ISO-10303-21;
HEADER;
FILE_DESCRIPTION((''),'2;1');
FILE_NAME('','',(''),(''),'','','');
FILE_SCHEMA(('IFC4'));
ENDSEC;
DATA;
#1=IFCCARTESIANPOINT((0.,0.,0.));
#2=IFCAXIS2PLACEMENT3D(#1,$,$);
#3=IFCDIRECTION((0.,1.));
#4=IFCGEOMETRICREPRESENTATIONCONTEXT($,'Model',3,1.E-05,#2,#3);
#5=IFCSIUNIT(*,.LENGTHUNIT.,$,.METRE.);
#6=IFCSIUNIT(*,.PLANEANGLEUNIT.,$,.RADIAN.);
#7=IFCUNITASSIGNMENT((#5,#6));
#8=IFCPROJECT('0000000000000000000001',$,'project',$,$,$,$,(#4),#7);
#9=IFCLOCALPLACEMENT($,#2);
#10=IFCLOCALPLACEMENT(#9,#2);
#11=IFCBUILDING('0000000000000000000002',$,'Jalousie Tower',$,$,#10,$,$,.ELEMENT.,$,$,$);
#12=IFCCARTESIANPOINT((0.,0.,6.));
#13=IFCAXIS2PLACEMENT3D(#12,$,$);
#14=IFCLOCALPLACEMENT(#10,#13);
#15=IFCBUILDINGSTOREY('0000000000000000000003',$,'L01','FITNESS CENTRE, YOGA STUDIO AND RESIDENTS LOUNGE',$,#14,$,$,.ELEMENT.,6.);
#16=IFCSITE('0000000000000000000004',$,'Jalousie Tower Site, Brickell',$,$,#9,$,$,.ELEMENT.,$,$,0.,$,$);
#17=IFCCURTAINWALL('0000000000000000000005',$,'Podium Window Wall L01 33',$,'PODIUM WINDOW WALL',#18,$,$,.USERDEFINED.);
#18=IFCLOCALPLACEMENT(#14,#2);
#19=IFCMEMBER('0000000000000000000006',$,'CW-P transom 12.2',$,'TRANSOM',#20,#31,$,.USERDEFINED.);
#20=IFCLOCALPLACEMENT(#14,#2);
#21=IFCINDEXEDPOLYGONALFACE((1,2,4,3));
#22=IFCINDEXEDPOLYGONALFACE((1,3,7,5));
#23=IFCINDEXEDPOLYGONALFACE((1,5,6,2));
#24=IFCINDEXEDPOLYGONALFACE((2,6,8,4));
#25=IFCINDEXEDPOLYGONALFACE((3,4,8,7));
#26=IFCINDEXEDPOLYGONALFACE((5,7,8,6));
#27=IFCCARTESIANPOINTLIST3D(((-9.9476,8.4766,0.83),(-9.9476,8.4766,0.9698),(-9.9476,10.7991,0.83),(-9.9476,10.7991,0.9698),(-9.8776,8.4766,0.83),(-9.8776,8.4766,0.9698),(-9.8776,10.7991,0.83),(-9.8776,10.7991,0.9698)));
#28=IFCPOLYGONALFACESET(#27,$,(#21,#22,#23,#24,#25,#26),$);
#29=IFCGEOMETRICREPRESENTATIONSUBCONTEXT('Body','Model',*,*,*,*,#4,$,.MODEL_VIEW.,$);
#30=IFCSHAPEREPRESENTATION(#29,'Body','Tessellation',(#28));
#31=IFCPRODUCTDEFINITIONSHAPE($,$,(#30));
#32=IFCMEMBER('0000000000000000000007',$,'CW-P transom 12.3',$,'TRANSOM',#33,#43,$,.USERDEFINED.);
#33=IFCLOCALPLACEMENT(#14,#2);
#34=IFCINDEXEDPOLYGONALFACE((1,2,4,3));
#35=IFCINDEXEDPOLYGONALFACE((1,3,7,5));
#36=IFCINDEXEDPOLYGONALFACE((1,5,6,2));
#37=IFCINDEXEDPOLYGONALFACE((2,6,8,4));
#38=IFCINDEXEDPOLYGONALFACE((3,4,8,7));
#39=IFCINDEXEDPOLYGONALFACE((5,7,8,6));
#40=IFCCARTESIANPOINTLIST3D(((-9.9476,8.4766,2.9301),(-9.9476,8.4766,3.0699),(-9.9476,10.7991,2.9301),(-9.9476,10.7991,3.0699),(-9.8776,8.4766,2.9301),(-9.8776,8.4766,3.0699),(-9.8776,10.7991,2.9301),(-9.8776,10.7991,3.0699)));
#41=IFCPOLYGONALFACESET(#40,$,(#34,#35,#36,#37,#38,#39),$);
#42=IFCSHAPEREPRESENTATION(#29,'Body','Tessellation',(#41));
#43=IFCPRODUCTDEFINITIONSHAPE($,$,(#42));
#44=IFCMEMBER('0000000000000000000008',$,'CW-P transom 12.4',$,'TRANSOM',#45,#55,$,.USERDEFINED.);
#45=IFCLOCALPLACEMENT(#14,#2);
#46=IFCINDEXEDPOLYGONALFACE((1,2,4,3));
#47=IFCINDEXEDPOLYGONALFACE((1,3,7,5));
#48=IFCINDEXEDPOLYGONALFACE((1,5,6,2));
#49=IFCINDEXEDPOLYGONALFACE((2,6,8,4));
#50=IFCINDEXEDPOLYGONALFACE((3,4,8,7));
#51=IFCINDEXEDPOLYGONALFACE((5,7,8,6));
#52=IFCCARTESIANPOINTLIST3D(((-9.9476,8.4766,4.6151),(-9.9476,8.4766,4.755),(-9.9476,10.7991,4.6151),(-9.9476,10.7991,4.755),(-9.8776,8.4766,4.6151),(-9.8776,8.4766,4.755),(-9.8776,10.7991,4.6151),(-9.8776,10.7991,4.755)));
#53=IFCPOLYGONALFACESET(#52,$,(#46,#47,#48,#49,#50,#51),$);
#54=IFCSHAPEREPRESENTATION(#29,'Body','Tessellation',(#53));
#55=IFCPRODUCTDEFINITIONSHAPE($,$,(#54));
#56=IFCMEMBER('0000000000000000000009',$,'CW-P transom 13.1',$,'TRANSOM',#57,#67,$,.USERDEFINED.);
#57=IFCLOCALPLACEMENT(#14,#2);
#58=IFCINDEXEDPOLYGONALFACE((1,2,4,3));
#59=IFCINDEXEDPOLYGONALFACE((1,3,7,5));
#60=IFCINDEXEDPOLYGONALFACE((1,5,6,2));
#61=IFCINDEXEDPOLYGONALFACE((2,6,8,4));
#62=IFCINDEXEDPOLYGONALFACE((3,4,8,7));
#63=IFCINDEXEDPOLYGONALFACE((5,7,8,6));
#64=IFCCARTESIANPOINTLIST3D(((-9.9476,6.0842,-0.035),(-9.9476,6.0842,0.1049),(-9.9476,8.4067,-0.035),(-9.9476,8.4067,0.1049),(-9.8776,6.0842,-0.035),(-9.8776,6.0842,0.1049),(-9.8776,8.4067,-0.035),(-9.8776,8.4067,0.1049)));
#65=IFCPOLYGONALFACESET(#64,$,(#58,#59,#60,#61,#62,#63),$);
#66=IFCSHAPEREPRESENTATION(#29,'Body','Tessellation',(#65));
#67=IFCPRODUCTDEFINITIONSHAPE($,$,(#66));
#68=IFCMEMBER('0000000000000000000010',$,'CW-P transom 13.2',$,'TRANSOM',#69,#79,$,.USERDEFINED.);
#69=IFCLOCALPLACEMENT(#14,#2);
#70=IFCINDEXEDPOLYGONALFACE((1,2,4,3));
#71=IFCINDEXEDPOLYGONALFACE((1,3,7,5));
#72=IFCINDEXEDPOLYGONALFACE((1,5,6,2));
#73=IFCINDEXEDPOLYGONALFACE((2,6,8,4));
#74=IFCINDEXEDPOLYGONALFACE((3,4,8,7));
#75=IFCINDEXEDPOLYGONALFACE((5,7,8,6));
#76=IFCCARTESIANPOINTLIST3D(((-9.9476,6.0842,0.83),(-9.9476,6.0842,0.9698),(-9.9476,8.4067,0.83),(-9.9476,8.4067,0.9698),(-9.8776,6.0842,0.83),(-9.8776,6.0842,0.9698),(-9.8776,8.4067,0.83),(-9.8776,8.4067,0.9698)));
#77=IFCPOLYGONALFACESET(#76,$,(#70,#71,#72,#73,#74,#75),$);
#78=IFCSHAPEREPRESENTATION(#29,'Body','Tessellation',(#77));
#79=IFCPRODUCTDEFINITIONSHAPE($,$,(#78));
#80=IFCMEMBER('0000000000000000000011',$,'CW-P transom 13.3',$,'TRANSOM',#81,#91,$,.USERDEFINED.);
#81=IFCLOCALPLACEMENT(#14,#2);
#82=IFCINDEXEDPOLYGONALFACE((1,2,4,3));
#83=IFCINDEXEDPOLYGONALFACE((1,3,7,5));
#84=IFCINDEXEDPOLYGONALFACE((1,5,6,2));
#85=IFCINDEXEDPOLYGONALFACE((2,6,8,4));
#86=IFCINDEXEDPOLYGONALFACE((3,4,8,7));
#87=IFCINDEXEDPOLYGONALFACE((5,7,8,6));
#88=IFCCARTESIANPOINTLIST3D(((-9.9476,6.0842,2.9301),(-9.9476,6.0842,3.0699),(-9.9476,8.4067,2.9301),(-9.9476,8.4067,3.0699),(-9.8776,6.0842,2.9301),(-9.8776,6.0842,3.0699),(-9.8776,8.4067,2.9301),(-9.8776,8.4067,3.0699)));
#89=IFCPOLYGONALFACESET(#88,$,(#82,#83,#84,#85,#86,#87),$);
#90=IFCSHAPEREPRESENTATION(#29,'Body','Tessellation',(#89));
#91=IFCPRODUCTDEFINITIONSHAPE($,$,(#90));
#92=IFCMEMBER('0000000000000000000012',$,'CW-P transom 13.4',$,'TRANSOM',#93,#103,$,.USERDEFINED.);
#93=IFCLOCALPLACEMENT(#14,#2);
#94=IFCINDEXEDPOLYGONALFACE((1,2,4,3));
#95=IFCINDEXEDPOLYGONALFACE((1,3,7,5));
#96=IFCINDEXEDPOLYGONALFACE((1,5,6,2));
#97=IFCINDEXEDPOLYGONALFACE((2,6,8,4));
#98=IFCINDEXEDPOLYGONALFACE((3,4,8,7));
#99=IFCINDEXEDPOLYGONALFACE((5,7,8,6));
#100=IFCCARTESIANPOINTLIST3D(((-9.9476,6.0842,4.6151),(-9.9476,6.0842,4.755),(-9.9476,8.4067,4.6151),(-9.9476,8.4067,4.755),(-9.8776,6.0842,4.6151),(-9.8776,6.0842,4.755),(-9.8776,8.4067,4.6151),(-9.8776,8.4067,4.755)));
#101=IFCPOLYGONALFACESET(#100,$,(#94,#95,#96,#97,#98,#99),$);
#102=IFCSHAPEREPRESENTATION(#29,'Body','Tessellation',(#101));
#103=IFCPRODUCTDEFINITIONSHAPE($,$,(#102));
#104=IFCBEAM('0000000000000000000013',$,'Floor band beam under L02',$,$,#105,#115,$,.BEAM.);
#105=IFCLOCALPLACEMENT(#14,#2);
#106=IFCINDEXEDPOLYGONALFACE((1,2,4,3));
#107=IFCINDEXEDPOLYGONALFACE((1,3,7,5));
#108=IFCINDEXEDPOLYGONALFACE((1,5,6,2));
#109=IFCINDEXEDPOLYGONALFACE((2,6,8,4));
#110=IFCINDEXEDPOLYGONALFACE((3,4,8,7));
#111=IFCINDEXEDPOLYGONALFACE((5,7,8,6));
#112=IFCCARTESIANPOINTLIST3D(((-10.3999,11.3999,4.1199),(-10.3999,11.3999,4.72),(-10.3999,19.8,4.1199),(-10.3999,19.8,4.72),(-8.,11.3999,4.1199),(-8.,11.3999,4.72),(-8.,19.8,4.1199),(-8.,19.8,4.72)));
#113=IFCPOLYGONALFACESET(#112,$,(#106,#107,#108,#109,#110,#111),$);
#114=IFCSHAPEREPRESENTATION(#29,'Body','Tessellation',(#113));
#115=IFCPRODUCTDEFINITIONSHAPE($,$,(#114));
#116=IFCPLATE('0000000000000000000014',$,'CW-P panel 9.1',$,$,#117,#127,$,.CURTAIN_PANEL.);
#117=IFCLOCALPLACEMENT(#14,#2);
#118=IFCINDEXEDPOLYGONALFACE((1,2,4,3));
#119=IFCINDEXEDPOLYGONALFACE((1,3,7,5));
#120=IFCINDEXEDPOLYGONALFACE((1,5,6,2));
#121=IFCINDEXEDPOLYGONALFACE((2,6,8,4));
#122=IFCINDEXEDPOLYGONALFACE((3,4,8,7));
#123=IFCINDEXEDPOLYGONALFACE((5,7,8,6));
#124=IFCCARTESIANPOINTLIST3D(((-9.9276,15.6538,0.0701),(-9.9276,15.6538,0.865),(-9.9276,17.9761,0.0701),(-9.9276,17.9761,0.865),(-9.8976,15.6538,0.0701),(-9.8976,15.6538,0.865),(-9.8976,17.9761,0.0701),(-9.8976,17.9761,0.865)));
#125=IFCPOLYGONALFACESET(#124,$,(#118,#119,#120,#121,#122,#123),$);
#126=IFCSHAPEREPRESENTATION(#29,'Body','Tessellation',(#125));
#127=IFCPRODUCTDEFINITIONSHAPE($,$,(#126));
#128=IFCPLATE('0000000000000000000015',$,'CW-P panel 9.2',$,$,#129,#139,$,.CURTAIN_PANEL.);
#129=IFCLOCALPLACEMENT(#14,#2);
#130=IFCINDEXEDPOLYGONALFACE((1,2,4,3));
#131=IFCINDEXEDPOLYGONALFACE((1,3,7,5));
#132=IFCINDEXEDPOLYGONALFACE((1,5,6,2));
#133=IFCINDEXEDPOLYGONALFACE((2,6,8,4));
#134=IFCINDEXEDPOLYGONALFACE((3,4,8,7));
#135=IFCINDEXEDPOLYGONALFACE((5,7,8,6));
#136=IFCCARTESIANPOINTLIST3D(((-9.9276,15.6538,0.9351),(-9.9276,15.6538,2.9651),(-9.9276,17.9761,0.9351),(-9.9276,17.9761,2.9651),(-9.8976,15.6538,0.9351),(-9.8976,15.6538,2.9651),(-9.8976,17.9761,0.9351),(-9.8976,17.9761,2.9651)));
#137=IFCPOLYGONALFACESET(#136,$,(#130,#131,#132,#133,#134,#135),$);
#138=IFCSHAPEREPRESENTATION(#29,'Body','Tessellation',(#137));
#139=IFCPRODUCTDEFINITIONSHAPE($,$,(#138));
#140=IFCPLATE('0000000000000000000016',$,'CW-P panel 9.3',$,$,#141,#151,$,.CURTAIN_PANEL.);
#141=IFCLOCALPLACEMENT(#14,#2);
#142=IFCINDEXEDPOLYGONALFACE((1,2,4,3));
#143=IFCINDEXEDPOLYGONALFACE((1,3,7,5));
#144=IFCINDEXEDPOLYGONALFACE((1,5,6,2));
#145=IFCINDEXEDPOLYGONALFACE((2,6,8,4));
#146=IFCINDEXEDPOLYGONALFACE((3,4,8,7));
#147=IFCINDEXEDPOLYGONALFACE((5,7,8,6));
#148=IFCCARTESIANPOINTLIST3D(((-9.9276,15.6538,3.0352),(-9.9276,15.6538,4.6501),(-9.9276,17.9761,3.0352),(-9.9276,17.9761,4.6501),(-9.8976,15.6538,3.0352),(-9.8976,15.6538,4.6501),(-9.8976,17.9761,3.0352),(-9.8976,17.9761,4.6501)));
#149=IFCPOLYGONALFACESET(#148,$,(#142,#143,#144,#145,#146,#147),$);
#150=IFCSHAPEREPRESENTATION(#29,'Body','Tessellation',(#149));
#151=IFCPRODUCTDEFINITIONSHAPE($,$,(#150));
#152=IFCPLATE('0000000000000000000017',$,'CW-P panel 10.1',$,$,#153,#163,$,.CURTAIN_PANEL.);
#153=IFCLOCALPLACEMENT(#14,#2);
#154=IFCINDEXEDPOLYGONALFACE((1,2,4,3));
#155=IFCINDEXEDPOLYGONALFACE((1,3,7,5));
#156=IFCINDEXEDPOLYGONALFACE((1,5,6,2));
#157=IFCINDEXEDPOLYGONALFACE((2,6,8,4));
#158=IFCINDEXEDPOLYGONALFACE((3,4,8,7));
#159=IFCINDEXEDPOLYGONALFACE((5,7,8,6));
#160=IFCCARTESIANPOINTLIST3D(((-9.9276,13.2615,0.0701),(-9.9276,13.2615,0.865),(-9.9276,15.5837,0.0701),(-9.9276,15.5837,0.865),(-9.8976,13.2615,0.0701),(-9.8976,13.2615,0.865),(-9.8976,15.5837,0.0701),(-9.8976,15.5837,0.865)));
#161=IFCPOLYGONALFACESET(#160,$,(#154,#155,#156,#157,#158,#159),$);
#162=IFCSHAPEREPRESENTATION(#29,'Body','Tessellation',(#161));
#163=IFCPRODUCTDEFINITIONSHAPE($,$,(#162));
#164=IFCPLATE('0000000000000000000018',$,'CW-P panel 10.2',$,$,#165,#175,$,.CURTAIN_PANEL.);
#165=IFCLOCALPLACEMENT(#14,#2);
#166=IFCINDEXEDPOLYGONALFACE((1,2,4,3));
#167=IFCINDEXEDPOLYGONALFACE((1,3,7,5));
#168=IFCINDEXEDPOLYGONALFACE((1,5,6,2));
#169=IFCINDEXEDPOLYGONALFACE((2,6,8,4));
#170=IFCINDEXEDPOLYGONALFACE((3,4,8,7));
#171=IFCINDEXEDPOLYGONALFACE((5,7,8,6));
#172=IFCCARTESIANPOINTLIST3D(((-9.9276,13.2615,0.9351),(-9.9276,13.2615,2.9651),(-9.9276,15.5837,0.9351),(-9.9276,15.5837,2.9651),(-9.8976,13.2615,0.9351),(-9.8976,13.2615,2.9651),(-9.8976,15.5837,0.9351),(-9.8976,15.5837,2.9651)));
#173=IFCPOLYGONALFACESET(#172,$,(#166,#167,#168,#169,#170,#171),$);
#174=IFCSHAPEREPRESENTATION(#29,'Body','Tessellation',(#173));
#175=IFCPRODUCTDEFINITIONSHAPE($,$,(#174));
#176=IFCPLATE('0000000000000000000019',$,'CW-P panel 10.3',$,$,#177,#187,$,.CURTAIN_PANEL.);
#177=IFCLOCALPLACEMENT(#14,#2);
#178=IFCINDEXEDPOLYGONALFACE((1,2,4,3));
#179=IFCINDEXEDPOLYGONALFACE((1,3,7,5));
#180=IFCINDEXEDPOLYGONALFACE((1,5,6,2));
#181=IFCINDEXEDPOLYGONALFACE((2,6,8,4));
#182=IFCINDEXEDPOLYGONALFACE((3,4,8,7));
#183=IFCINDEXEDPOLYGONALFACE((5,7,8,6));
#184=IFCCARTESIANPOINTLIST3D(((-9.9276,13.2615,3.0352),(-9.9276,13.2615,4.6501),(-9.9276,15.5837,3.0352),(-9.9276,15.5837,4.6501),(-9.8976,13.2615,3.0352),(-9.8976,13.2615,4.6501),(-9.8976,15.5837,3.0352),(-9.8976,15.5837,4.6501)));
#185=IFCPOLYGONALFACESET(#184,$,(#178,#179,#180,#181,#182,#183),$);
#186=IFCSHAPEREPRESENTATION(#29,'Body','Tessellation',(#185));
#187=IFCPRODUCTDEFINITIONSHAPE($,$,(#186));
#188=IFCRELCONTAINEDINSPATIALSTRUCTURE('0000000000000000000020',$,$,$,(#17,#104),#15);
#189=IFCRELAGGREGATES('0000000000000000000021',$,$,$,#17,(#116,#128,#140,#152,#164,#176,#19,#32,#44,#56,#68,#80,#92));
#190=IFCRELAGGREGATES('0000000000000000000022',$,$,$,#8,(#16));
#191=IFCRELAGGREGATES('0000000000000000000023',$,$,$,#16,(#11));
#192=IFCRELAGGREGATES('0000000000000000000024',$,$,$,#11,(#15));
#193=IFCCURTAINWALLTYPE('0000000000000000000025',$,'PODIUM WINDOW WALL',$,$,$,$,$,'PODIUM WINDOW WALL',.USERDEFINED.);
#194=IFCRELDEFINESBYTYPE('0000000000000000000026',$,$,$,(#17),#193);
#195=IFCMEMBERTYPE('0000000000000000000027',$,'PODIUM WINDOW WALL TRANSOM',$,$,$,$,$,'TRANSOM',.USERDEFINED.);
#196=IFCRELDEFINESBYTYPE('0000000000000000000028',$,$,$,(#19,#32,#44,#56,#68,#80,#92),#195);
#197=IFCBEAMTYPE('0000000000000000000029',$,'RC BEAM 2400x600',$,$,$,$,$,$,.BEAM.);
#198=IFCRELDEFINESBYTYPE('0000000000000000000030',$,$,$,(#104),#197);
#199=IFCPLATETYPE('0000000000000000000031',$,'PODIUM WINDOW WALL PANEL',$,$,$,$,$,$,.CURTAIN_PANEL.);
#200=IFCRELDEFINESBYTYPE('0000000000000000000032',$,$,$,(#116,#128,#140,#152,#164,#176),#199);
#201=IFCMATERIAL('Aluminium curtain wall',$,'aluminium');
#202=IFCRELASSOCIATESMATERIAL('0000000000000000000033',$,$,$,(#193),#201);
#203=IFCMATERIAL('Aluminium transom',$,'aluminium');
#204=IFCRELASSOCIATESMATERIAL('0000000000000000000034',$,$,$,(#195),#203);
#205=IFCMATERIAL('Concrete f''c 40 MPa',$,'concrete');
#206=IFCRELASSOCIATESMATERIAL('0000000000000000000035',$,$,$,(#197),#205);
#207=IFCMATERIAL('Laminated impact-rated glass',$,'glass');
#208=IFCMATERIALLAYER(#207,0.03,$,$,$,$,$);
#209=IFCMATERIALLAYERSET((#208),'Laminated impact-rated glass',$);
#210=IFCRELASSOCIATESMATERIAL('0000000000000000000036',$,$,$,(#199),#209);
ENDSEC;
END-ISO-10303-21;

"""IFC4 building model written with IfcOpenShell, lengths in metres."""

from ifc_helpers import new_model, si_unit, direction, frame, origin, origin_2d, place, context, subcontext, project, spatial, rectangle, extrude, material, layer, layer_set, material_profile, profile_set, type_object, element, aggregate, save


model = new_model("IFC4")

# Units and contexts
model_context = context("Model", 3, precision=1e-05, world=origin(), true_north=direction((0.0, 1.0)))
body_context = subcontext(model_context, "Body", "Model", "MODEL_VIEW")
ifc_project = project(units=[si_unit("LENGTHUNIT", "METRE"), si_unit("PLANEANGLEUNIT", "RADIAN")], contexts=[model_context])

# Site, building, storey
site_placement = place(None, origin())
site = spatial("IfcSite", under=ifc_project, at=site_placement, Name="Jalousie Tower Site, Brickell", CompositionType="ELEMENT", RefElevation=0.0)
building_placement = place(site_placement, origin())
building = spatial("IfcBuilding", under=site, at=building_placement, Name="Jalousie Tower", CompositionType="ELEMENT")
storey_placement = place(building_placement, frame((0.0, 0.0, 6.0)))
storey = spatial("IfcBuildingStorey", under=building, at=storey_placement, Name="L01", Description="FITNESS CENTRE, YOGA STUDIO AND RESIDENTS LOUNGE", CompositionType="ELEMENT", Elevation=6.0)

# Curtain wall, members
ifc_material_1 = material(Name="Aluminium curtain wall", Category="aluminium")
curtain_wall_type = type_object("IfcCurtainWallType", Name="PODIUM WINDOW WALL", ElementType="PODIUM WINDOW WALL", PredefinedType="USERDEFINED", material=ifc_material_1)
curtain_wall_placement = place(storey_placement, origin())
curtain_wall = element("IfcCurtainWall", 1, at=curtain_wall_placement, inside=storey, type_object=curtain_wall_type, Name="Podium Window Wall L01 33", ObjectType="PODIUM WINDOW WALL", PredefinedType="USERDEFINED")
ifc_material_2 = material(Name="Aluminium transom", Category="aluminium")
ifc_material_profile_1 = material_profile(ifc_material_2, rectangle(XDim=0.0701, YDim=0.1399, at=origin_2d()), Name="TRANSOM 70x140")
ifc_profile_set_1 = profile_set([ifc_material_profile_1], Name="Aluminium transom")
member_type_1 = type_object("IfcMemberType", Name="PODIUM WINDOW WALL TRANSOM", ElementType="TRANSOM", PredefinedType="USERDEFINED", material=ifc_profile_set_1)
member_1_placement = place(storey_placement, frame((-9.9126, 10.7991, 0.8999), z_axis=(0.0, -1.0, 0.0), x_axis=(1.0, 0.0, 0.0)))
member_1 = element("IfcMember", 2, at=member_1_placement, type_object=member_type_1, Name="CW-P transom 12.2", ObjectType="TRANSOM", PredefinedType="USERDEFINED", context=body_context, shape_type="SweptSolid", body=[
    extrude(rectangle(XDim=0.0701, YDim=0.1399, at=origin_2d()), origin(), (0.0, 0.0, 1.0), 2.3225),
])
member_2_placement = place(storey_placement, frame((-9.9126, 10.7991, 3.0), z_axis=(0.0, -1.0, 0.0), x_axis=(1.0, 0.0, 0.0)))
member_2 = element("IfcMember", 3, at=member_2_placement, type_object=member_type_1, Name="CW-P transom 12.3", ObjectType="TRANSOM", PredefinedType="USERDEFINED", context=body_context, shape_type="SweptSolid", body=[
    extrude(rectangle(XDim=0.0701, YDim=0.1399, at=origin_2d()), origin(), (0.0, 0.0, 1.0), 2.3225),
])
member_3_placement = place(storey_placement, frame((-9.9126, 10.7991, 4.6851), z_axis=(0.0, -1.0, 0.0), x_axis=(1.0, 0.0, 0.0)))
member_3 = element("IfcMember", 4, at=member_3_placement, type_object=member_type_1, Name="CW-P transom 12.4", ObjectType="TRANSOM", PredefinedType="USERDEFINED", context=body_context, shape_type="SweptSolid", body=[
    extrude(rectangle(XDim=0.0701, YDim=0.1399, at=origin_2d()), origin(), (0.0, 0.0, 1.0), 2.3225),
])
member_4_placement = place(storey_placement, frame((-9.9126, 8.4067, 0.0349), z_axis=(0.0, -1.0, 0.0), x_axis=(1.0, 0.0, 0.0)))
member_4 = element("IfcMember", 5, at=member_4_placement, type_object=member_type_1, Name="CW-P transom 13.1", ObjectType="TRANSOM", PredefinedType="USERDEFINED", context=body_context, shape_type="SweptSolid", body=[
    extrude(rectangle(XDim=0.0701, YDim=0.1399, at=origin_2d()), origin(), (0.0, 0.0, 1.0), 2.3225),
])
member_5_placement = place(storey_placement, frame((-9.9126, 8.4067, 0.8999), z_axis=(0.0, -1.0, 0.0), x_axis=(1.0, 0.0, 0.0)))
member_5 = element("IfcMember", 6, at=member_5_placement, type_object=member_type_1, Name="CW-P transom 13.2", ObjectType="TRANSOM", PredefinedType="USERDEFINED", context=body_context, shape_type="SweptSolid", body=[
    extrude(rectangle(XDim=0.0701, YDim=0.1399, at=origin_2d()), origin(), (0.0, 0.0, 1.0), 2.3225),
])
member_6_placement = place(storey_placement, frame((-9.9126, 8.4067, 3.0), z_axis=(0.0, -1.0, 0.0), x_axis=(1.0, 0.0, 0.0)))
member_6 = element("IfcMember", 7, at=member_6_placement, type_object=member_type_1, Name="CW-P transom 13.3", ObjectType="TRANSOM", PredefinedType="USERDEFINED", context=body_context, shape_type="SweptSolid", body=[
    extrude(rectangle(XDim=0.0701, YDim=0.1399, at=origin_2d()), origin(), (0.0, 0.0, 1.0), 2.3225),
])
member_7_placement = place(storey_placement, frame((-9.9126, 8.4067, 4.6851), z_axis=(0.0, -1.0, 0.0), x_axis=(1.0, 0.0, 0.0)))
member_7 = element("IfcMember", 8, at=member_7_placement, type_object=member_type_1, Name="CW-P transom 13.4", ObjectType="TRANSOM", PredefinedType="USERDEFINED", context=body_context, shape_type="SweptSolid", body=[
    extrude(rectangle(XDim=0.0701, YDim=0.1399, at=origin_2d()), origin(), (0.0, 0.0, 1.0), 2.3225),
])

# Beam
ifc_material_3 = material(Name="Concrete f'c 40 MPa", Category="concrete")
ifc_material_profile_2 = material_profile(ifc_material_3, rectangle(XDim=2.3999, YDim=0.6001, at=origin_2d()), Name="RC 2400x600")
ifc_profile_set_2 = profile_set([ifc_material_profile_2], Name="Concrete f'c 40 MPa")
beam_type = type_object("IfcBeamType", Name="RC BEAM 2400x600", PredefinedType="BEAM", material=ifc_profile_set_2)
beam_placement = place(storey_placement, frame((-9.2, 11.3999, 4.4199), z_axis=(0.0, 1.0, 0.0), x_axis=(-1.0, 0.0, 0.0)))
element("IfcBeam", 9, at=beam_placement, inside=storey, type_object=beam_type, Name="Floor band beam under L02", PredefinedType="BEAM", context=body_context, shape_type="SweptSolid", body=[
    extrude(rectangle(XDim=2.3999, YDim=0.6001, at=origin_2d()), origin(), (0.0, 0.0, 1.0), 8.4001),
])

# Plates
ifc_material_4 = material(Name="Laminated impact-rated glass", Category="glass")
ifc_layer = layer(ifc_material_4, 0.03)
ifc_layer_set = layer_set([ifc_layer], Name="Laminated impact-rated glass")
plate_type = type_object("IfcPlateType", Name="PODIUM WINDOW WALL PANEL", PredefinedType="CURTAIN_PANEL", material=ifc_layer_set)
plate_1_placement = place(storey_placement, frame((-9.9126, 16.8149, 0.0701), z_axis=(0.0, 0.0, 1.0), x_axis=(0.0, -1.0, 0.0)))
plate_1 = element("IfcPlate", 10, at=plate_1_placement, type_object=plate_type, Name="CW-P panel 9.1", PredefinedType="CURTAIN_PANEL", context=body_context, shape_type="SweptSolid", body=[
    extrude(rectangle(XDim=2.3223, YDim=0.03, at=origin_2d()), origin(), (0.0, 0.0, 1.0), 0.7949),
])
plate_2_placement = place(storey_placement, frame((-9.9126, 16.8149, 0.9351), z_axis=(0.0, 0.0, 1.0), x_axis=(0.0, -1.0, 0.0)))
plate_2 = element("IfcPlate", 11, at=plate_2_placement, type_object=plate_type, Name="CW-P panel 9.2", PredefinedType="CURTAIN_PANEL", context=body_context, shape_type="SweptSolid", body=[
    extrude(rectangle(XDim=2.3223, YDim=0.03, at=origin_2d()), origin(), (0.0, 0.0, 1.0), 2.03),
])
plate_3_placement = place(storey_placement, frame((-9.9126, 16.8149, 3.0352), z_axis=(0.0, 0.0, 1.0), x_axis=(0.0, -1.0, 0.0)))
plate_3 = element("IfcPlate", 12, at=plate_3_placement, type_object=plate_type, Name="CW-P panel 9.3", PredefinedType="CURTAIN_PANEL", context=body_context, shape_type="SweptSolid", body=[
    extrude(rectangle(XDim=2.3223, YDim=0.03, at=origin_2d()), origin(), (0.0, 0.0, 1.0), 1.615),
])
plate_4_placement = place(storey_placement, frame((-9.9126, 14.4226, 0.0701), z_axis=(0.0, 0.0, 1.0), x_axis=(0.0, -1.0, 0.0)))
plate_4 = element("IfcPlate", 13, at=plate_4_placement, type_object=plate_type, Name="CW-P panel 10.1", PredefinedType="CURTAIN_PANEL", context=body_context, shape_type="SweptSolid", body=[
    extrude(rectangle(XDim=2.3223, YDim=0.03, at=origin_2d()), origin(), (0.0, 0.0, 1.0), 0.7949),
])
plate_5_placement = place(storey_placement, frame((-9.9126, 14.4226, 0.9351), z_axis=(0.0, 0.0, 1.0), x_axis=(0.0, -1.0, 0.0)))
plate_5 = element("IfcPlate", 14, at=plate_5_placement, type_object=plate_type, Name="CW-P panel 10.2", PredefinedType="CURTAIN_PANEL", context=body_context, shape_type="SweptSolid", body=[
    extrude(rectangle(XDim=2.3223, YDim=0.03, at=origin_2d()), origin(), (0.0, 0.0, 1.0), 2.03),
])
plate_6_placement = place(storey_placement, frame((-9.9126, 14.4226, 3.0352), z_axis=(0.0, 0.0, 1.0), x_axis=(0.0, -1.0, 0.0)))
plate_6 = element("IfcPlate", 15, at=plate_6_placement, type_object=plate_type, Name="CW-P panel 10.3", PredefinedType="CURTAIN_PANEL", context=body_context, shape_type="SweptSolid", body=[
    extrude(rectangle(XDim=2.3223, YDim=0.03, at=origin_2d()), origin(), (0.0, 0.0, 1.0), 1.615),
])
aggregate(curtain_wall, [plate_1, plate_2, plate_3, plate_4, plate_5, plate_6, member_1, member_2, member_3, member_4, member_5, member_6, member_7])

save(model, "model.ifc")
